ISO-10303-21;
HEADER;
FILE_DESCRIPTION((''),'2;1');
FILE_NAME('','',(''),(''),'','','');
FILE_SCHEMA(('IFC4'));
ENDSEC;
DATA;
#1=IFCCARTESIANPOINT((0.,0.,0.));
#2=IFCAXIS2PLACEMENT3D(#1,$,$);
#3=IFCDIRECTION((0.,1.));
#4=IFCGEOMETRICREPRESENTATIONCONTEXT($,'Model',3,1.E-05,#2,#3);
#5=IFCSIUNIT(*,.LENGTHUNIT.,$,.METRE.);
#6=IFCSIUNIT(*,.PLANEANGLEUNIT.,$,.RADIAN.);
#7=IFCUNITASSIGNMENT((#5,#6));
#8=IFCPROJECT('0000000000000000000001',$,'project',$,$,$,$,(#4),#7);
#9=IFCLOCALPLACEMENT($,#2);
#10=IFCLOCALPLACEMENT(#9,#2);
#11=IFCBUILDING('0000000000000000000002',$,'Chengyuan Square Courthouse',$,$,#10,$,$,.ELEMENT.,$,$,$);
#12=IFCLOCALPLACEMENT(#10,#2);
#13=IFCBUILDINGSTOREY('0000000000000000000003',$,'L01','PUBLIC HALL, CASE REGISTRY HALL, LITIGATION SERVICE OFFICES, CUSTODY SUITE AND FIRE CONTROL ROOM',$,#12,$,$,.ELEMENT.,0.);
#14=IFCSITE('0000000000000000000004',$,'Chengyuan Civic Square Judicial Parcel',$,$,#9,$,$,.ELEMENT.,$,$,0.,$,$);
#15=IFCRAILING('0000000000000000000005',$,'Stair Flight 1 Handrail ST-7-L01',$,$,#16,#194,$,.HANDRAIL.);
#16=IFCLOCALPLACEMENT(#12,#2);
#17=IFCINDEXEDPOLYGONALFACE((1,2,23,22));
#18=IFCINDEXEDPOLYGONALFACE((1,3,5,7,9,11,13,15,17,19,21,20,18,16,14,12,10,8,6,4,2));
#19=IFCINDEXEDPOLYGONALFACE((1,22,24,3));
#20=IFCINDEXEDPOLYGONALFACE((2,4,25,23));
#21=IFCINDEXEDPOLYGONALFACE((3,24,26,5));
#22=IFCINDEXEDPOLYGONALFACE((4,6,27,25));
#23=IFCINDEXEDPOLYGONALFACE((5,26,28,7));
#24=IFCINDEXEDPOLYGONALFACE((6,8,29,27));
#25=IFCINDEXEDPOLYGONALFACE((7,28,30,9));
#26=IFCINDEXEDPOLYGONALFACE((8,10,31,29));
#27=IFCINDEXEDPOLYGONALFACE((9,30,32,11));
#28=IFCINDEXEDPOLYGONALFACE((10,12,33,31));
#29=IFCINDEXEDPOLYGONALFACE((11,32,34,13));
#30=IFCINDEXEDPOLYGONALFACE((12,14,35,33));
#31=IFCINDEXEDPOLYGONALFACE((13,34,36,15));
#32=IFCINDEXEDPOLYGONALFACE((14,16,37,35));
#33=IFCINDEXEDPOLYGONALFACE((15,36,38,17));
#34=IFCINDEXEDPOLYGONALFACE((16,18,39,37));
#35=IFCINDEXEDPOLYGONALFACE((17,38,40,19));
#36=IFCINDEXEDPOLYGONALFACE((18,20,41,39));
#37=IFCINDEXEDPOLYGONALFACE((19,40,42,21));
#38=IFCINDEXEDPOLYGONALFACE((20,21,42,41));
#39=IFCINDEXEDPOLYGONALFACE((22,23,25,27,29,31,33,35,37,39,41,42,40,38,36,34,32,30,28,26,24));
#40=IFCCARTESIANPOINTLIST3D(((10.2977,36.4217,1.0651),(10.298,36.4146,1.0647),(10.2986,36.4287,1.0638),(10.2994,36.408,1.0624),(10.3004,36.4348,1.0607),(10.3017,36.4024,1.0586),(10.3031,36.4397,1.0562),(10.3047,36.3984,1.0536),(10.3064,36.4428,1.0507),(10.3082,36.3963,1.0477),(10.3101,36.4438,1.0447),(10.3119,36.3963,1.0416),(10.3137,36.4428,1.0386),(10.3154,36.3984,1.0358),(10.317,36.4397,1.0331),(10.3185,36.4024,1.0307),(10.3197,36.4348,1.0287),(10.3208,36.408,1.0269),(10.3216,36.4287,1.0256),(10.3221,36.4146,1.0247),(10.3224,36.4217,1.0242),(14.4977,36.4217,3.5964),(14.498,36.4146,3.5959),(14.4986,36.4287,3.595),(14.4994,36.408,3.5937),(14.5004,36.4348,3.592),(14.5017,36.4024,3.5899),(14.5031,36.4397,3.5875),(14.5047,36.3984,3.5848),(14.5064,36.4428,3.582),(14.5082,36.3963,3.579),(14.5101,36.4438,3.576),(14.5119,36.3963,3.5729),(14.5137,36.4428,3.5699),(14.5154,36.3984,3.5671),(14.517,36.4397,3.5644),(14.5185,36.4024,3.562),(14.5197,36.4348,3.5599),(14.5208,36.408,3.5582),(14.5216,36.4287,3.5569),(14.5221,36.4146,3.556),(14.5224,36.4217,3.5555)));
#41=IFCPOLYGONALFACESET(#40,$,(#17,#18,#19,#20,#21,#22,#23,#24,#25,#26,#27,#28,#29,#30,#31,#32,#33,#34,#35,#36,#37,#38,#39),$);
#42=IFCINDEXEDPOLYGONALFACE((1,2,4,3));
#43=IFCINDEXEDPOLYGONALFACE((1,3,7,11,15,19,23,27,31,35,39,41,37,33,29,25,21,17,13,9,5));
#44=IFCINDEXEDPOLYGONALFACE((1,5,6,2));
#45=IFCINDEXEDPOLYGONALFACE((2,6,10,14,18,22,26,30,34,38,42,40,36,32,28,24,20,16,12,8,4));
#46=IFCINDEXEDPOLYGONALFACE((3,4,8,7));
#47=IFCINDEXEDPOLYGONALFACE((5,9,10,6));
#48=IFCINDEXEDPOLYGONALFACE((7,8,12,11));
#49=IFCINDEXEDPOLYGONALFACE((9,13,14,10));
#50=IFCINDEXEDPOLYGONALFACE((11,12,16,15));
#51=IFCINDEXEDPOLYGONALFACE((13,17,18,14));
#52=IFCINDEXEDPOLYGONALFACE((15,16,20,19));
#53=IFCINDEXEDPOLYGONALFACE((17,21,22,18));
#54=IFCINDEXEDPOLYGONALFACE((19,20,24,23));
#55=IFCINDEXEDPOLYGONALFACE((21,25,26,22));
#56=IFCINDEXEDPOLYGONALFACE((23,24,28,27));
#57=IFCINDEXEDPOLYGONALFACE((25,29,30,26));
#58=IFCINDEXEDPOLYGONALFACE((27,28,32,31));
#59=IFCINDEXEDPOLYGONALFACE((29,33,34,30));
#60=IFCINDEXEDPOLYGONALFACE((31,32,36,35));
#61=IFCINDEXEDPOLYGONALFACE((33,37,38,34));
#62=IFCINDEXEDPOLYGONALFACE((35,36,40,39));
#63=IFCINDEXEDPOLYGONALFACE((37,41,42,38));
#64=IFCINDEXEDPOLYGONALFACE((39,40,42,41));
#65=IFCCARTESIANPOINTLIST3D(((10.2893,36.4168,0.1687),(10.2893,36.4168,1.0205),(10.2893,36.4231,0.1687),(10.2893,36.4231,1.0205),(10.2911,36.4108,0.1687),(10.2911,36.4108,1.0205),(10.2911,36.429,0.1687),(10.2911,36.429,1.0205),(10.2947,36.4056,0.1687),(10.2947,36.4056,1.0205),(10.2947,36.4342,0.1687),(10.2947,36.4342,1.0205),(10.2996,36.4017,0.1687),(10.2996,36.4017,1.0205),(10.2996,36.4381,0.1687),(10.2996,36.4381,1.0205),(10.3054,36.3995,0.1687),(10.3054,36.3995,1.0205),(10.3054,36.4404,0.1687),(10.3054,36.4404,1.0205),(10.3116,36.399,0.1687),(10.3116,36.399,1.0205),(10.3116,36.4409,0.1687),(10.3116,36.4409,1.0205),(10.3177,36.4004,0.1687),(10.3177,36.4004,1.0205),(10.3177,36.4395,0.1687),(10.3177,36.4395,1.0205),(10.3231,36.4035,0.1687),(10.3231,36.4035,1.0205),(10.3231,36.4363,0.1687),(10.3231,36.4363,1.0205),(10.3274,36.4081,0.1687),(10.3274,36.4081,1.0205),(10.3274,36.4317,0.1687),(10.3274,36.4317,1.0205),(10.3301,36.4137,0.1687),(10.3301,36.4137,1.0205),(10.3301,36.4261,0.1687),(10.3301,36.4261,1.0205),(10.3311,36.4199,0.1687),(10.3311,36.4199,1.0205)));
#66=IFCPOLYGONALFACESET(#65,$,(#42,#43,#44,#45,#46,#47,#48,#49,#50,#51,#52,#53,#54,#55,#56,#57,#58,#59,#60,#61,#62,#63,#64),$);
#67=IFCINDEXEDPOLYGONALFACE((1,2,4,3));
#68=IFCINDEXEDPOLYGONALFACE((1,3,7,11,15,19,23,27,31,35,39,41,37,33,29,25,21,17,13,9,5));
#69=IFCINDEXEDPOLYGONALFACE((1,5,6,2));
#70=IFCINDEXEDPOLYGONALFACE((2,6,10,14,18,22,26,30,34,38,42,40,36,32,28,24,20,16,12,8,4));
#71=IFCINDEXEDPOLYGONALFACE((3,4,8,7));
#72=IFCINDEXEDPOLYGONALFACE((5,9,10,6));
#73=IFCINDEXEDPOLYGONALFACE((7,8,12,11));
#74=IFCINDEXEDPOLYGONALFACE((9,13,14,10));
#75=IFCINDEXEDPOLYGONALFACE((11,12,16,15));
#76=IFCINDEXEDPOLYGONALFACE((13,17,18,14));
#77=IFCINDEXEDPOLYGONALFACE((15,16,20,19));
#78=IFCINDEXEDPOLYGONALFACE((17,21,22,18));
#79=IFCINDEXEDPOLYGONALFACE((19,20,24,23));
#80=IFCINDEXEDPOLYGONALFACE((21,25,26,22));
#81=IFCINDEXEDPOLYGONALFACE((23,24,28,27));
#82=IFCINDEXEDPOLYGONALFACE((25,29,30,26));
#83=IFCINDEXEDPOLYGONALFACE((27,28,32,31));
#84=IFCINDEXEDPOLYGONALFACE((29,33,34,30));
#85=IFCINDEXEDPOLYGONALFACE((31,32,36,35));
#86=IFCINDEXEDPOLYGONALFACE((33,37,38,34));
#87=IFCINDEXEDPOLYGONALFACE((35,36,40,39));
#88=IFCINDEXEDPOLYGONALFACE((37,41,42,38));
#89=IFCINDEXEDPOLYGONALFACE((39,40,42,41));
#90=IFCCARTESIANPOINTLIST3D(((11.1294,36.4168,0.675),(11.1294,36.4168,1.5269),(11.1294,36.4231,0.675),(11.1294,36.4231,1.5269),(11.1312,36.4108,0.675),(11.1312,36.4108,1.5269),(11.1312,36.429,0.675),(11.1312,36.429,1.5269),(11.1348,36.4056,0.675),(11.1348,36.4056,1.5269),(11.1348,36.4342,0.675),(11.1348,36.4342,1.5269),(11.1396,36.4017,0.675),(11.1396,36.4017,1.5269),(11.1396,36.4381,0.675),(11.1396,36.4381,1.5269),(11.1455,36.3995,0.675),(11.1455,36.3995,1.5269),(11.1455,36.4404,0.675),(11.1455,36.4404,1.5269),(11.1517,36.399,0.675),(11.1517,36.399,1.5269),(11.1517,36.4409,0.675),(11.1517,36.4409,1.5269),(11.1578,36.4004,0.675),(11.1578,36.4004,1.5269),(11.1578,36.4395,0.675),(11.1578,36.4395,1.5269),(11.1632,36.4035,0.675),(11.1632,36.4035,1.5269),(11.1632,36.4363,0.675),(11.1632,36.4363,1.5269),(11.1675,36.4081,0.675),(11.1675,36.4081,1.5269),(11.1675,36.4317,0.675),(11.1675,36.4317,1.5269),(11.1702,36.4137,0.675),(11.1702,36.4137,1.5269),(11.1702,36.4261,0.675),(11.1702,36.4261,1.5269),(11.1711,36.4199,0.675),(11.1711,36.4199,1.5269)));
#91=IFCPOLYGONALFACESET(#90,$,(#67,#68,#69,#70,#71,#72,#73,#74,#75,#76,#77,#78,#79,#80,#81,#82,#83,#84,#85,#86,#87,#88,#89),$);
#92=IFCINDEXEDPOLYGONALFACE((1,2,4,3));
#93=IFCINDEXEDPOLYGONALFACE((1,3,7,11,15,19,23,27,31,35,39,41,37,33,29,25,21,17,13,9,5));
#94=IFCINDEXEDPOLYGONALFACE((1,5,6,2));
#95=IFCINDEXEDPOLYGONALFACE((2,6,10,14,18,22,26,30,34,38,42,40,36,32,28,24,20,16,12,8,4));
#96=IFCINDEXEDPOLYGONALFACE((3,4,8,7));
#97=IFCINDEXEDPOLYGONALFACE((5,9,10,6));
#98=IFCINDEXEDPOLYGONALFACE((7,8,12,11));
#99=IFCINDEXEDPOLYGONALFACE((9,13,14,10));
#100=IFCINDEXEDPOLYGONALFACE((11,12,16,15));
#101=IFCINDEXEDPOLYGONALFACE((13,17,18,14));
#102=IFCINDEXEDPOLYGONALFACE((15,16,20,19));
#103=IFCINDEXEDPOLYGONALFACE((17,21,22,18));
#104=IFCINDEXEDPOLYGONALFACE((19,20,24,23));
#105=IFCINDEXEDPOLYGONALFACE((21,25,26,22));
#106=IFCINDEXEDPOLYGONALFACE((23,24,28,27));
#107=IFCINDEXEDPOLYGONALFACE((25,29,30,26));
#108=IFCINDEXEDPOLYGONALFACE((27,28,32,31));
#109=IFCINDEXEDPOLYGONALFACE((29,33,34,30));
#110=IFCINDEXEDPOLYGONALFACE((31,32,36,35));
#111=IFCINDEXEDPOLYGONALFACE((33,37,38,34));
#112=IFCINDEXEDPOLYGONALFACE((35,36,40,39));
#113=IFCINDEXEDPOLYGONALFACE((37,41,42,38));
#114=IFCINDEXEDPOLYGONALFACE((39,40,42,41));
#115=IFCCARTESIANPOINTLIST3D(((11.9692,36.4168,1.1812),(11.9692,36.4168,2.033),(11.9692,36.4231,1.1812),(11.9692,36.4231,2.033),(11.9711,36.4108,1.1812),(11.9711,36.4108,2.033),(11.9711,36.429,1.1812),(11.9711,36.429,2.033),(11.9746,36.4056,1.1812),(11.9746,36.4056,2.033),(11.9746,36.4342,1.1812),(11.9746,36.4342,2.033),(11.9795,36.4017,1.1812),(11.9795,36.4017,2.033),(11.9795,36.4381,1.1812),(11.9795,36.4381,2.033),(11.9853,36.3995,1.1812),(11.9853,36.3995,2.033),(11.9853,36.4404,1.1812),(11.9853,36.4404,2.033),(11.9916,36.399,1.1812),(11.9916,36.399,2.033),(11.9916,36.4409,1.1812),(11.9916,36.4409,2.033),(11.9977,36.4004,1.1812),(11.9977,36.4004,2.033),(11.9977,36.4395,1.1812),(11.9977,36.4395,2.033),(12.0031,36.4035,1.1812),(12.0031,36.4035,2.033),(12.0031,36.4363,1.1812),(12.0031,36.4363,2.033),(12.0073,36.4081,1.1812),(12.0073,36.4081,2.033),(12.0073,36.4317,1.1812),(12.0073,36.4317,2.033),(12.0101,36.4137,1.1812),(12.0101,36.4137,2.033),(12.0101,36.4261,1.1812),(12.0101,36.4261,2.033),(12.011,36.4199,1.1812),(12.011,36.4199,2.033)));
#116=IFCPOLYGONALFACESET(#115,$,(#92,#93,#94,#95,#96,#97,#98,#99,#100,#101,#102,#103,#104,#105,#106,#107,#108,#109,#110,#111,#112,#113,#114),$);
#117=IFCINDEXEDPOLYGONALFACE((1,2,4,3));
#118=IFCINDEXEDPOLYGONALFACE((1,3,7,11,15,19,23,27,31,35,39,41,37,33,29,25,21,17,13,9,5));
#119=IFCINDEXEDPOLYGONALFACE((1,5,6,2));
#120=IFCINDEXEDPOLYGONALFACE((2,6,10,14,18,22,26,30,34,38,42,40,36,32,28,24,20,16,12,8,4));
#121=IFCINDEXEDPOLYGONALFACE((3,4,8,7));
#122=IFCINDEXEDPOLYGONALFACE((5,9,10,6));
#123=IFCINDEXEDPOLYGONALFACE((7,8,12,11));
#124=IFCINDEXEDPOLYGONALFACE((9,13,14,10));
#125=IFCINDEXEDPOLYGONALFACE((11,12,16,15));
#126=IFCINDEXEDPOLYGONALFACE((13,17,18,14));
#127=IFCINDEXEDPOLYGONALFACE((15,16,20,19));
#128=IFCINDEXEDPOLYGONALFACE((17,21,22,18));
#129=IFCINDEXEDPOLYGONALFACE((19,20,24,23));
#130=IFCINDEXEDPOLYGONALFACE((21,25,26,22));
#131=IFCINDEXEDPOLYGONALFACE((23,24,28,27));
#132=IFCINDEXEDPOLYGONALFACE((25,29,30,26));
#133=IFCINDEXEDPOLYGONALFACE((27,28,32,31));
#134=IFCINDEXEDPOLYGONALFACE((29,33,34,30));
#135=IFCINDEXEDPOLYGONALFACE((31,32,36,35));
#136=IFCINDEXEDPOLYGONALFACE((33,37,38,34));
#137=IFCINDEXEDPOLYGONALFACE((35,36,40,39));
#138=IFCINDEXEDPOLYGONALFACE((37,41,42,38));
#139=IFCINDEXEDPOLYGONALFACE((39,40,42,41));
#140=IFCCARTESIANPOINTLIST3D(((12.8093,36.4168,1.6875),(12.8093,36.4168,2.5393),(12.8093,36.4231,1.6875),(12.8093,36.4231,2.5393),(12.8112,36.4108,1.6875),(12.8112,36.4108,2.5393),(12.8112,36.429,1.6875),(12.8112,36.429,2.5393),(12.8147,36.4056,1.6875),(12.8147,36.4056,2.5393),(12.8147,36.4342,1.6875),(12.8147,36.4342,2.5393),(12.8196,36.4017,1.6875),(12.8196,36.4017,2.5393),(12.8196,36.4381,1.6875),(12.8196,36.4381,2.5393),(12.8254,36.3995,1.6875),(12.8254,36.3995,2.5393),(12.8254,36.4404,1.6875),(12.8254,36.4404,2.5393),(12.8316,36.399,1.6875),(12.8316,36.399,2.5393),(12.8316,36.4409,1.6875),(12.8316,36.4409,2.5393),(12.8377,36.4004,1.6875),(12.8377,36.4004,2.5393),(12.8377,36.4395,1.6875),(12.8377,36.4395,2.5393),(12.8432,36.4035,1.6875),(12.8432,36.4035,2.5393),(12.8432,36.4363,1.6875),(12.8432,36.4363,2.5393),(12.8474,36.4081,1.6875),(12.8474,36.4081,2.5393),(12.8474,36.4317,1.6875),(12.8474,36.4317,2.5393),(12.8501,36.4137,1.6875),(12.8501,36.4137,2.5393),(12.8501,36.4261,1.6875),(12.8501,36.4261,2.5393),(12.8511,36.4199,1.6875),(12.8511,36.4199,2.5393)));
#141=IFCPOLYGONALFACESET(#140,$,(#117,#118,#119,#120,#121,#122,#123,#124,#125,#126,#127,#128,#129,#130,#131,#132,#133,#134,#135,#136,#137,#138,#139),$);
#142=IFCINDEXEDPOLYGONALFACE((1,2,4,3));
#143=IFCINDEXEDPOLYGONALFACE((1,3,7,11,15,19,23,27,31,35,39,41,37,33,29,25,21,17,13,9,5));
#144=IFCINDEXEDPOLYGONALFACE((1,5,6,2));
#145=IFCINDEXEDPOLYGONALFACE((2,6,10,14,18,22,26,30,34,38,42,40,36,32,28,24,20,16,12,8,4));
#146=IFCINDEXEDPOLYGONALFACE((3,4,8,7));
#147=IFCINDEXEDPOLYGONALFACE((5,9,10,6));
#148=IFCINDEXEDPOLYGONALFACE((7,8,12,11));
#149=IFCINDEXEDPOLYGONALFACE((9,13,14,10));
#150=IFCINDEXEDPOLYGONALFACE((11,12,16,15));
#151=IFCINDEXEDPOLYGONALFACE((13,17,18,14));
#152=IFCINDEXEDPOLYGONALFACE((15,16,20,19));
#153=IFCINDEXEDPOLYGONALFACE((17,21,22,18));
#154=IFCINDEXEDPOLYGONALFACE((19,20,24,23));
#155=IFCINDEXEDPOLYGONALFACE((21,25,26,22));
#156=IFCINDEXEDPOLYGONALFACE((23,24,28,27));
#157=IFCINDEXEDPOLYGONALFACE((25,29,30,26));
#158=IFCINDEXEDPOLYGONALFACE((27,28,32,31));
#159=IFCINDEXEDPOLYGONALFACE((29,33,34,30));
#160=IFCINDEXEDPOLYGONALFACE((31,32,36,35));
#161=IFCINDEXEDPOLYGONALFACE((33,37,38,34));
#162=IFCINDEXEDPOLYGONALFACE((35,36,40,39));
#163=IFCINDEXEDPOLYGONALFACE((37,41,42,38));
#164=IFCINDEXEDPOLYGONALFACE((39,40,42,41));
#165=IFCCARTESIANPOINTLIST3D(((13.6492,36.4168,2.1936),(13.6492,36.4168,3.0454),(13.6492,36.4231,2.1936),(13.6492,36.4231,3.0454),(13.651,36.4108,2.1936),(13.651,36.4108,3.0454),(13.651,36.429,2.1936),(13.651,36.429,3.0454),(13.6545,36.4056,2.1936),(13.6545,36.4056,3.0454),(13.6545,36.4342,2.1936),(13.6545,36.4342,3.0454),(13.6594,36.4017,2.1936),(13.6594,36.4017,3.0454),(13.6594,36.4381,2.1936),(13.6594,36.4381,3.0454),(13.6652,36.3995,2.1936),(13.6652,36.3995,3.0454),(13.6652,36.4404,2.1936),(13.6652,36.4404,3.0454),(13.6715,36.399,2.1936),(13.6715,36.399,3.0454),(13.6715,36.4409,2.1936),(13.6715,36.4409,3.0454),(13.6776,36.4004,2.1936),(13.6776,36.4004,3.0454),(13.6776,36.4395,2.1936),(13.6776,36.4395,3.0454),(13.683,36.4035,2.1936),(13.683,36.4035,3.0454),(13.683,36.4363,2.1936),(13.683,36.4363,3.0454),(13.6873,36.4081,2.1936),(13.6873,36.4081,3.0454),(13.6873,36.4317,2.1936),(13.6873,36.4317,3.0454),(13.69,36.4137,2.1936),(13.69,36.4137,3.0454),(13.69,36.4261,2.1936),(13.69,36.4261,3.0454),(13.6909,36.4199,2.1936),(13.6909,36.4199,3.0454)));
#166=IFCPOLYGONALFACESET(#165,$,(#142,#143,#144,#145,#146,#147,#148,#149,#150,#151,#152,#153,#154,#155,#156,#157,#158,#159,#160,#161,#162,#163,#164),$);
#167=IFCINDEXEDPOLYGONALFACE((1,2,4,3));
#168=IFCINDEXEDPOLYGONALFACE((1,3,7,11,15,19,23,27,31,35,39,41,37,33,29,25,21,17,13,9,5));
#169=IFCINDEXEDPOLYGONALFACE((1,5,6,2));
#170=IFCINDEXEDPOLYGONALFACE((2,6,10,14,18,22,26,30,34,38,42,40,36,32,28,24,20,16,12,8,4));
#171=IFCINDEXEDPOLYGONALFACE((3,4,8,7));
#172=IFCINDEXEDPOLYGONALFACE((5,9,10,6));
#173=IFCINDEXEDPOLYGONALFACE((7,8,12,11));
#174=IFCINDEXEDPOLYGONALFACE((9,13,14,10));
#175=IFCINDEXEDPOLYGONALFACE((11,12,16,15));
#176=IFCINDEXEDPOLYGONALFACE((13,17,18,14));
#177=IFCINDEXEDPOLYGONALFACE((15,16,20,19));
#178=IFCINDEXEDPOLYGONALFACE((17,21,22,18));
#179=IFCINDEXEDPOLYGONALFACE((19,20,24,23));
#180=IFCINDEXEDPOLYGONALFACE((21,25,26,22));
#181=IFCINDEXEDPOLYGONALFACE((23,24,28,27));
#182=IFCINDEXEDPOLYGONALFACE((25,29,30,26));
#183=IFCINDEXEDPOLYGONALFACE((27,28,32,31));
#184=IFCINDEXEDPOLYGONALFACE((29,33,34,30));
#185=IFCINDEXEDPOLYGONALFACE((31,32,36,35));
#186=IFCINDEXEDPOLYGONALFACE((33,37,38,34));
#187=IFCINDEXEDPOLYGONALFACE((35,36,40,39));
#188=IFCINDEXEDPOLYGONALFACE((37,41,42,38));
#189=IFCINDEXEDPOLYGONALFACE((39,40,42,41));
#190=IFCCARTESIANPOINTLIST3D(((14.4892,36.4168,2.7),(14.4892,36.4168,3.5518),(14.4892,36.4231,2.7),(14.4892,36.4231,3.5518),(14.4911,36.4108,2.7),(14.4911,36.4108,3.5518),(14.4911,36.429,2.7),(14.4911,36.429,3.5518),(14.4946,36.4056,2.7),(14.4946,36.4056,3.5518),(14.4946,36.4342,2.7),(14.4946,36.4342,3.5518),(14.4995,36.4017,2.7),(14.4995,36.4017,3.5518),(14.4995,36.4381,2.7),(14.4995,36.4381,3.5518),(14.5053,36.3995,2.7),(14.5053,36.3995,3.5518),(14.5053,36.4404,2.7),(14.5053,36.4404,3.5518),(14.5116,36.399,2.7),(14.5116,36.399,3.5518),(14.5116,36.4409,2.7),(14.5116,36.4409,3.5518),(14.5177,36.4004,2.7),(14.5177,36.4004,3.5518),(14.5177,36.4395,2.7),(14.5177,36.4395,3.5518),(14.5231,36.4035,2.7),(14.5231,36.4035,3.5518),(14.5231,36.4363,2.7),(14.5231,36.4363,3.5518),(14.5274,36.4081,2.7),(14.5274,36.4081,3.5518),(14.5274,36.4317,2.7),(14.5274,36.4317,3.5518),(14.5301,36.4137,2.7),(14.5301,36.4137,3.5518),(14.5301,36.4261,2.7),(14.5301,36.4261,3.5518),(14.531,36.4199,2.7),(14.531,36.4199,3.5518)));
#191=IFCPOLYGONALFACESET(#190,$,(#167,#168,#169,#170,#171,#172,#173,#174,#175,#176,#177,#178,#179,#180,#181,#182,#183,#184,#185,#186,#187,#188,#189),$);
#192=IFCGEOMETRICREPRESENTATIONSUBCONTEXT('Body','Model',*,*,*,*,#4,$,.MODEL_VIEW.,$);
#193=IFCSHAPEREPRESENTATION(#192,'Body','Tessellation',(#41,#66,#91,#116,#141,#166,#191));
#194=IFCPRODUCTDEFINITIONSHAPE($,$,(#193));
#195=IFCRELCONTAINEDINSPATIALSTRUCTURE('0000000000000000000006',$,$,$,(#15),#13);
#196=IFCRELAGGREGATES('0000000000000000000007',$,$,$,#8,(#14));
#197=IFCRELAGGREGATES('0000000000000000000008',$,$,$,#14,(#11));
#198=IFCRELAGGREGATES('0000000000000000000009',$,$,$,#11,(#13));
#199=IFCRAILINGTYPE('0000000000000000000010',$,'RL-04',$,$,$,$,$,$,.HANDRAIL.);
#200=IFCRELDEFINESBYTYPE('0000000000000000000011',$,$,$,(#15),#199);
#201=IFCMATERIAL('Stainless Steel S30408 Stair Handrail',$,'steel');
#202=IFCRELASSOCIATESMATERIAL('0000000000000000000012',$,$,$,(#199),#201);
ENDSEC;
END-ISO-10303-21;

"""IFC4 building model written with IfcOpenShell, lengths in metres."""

from ifc_helpers import new_model, si_unit, direction, frame, origin, origin_2d, place, context, subcontext, project, spatial, circle, extrude, material, type_object, element, save


model = new_model("IFC4")

# Units and contexts
model_context = context("Model", 3, precision=1e-05, world=origin(), true_north=direction((0.0, 1.0)))
body_context = subcontext(model_context, "Body", "Model", "MODEL_VIEW")
ifc_project = project(units=[si_unit("LENGTHUNIT", "METRE"), si_unit("PLANEANGLEUNIT", "RADIAN")], contexts=[model_context])

# Site, building, storey
site_placement = place(None, origin())
site = spatial("IfcSite", under=ifc_project, at=site_placement, Name="Chengyuan Civic Square Judicial Parcel", CompositionType="ELEMENT", RefElevation=0.0)
building_placement = place(site_placement, origin())
building = spatial("IfcBuilding", under=site, at=building_placement, Name="Chengyuan Square Courthouse", CompositionType="ELEMENT")
storey_placement = place(building_placement, origin())
storey = spatial("IfcBuildingStorey", under=building, at=storey_placement, Name="L01", Description="PUBLIC HALL, CASE REGISTRY HALL, LITIGATION SERVICE OFFICES, CUSTODY SUITE AND FIRE CONTROL ROOM", CompositionType="ELEMENT", Elevation=0.0)

# Railing
ifc_material_1 = material(Name="Stainless Steel S30408 Stair Handrail", Category="steel")
railing_type_1 = type_object("IfcRailingType", Name="RL-04", PredefinedType="HANDRAIL", material=ifc_material_1)
railing_1_placement = place(storey_placement, frame((10.3101, 36.4199, 0.1687)))
element("IfcRailing", 1, at=railing_1_placement, inside=storey, type_object=railing_type_1, Name="Stair Flight 1 Handrail ST-7-L01", PredefinedType="HANDRAIL", context=body_context, shape_type="SweptSolid", body=[
    extrude(circle(Radius=0.0239, at=origin_2d()), frame((0.0, 0.0, 0.876), z_axis=(0.856476, 0.0, 0.516186), x_axis=(0.0, 1.0, 0.0)), (0.0, 0.0, 1.0), 4.9038),
    extrude(circle(Radius=0.021, at=origin_2d()), origin(), (0.0, 0.0, 1.0), 0.8518),
    extrude(circle(Radius=0.021, at=origin_2d()), frame((0.8401, 0.0, 0.5063)), (0.0, 0.0, 1.0), 0.8518),
    extrude(circle(Radius=0.021, at=origin_2d()), frame((1.6799, 0.0, 1.0125)), (0.0, 0.0, 1.0), 0.8518),
    extrude(circle(Radius=0.021, at=origin_2d()), frame((2.52, 0.0, 1.5188)), (0.0, 0.0, 1.0), 0.8518),
    extrude(circle(Radius=0.021, at=origin_2d()), frame((3.3599, 0.0, 2.0249)), (0.0, 0.0, 1.0), 0.8518),
    extrude(circle(Radius=0.021, at=origin_2d()), frame((4.2, 0.0, 2.5312)), (0.0, 0.0, 1.0), 0.8518),
])

save(model, "model.ifc")
